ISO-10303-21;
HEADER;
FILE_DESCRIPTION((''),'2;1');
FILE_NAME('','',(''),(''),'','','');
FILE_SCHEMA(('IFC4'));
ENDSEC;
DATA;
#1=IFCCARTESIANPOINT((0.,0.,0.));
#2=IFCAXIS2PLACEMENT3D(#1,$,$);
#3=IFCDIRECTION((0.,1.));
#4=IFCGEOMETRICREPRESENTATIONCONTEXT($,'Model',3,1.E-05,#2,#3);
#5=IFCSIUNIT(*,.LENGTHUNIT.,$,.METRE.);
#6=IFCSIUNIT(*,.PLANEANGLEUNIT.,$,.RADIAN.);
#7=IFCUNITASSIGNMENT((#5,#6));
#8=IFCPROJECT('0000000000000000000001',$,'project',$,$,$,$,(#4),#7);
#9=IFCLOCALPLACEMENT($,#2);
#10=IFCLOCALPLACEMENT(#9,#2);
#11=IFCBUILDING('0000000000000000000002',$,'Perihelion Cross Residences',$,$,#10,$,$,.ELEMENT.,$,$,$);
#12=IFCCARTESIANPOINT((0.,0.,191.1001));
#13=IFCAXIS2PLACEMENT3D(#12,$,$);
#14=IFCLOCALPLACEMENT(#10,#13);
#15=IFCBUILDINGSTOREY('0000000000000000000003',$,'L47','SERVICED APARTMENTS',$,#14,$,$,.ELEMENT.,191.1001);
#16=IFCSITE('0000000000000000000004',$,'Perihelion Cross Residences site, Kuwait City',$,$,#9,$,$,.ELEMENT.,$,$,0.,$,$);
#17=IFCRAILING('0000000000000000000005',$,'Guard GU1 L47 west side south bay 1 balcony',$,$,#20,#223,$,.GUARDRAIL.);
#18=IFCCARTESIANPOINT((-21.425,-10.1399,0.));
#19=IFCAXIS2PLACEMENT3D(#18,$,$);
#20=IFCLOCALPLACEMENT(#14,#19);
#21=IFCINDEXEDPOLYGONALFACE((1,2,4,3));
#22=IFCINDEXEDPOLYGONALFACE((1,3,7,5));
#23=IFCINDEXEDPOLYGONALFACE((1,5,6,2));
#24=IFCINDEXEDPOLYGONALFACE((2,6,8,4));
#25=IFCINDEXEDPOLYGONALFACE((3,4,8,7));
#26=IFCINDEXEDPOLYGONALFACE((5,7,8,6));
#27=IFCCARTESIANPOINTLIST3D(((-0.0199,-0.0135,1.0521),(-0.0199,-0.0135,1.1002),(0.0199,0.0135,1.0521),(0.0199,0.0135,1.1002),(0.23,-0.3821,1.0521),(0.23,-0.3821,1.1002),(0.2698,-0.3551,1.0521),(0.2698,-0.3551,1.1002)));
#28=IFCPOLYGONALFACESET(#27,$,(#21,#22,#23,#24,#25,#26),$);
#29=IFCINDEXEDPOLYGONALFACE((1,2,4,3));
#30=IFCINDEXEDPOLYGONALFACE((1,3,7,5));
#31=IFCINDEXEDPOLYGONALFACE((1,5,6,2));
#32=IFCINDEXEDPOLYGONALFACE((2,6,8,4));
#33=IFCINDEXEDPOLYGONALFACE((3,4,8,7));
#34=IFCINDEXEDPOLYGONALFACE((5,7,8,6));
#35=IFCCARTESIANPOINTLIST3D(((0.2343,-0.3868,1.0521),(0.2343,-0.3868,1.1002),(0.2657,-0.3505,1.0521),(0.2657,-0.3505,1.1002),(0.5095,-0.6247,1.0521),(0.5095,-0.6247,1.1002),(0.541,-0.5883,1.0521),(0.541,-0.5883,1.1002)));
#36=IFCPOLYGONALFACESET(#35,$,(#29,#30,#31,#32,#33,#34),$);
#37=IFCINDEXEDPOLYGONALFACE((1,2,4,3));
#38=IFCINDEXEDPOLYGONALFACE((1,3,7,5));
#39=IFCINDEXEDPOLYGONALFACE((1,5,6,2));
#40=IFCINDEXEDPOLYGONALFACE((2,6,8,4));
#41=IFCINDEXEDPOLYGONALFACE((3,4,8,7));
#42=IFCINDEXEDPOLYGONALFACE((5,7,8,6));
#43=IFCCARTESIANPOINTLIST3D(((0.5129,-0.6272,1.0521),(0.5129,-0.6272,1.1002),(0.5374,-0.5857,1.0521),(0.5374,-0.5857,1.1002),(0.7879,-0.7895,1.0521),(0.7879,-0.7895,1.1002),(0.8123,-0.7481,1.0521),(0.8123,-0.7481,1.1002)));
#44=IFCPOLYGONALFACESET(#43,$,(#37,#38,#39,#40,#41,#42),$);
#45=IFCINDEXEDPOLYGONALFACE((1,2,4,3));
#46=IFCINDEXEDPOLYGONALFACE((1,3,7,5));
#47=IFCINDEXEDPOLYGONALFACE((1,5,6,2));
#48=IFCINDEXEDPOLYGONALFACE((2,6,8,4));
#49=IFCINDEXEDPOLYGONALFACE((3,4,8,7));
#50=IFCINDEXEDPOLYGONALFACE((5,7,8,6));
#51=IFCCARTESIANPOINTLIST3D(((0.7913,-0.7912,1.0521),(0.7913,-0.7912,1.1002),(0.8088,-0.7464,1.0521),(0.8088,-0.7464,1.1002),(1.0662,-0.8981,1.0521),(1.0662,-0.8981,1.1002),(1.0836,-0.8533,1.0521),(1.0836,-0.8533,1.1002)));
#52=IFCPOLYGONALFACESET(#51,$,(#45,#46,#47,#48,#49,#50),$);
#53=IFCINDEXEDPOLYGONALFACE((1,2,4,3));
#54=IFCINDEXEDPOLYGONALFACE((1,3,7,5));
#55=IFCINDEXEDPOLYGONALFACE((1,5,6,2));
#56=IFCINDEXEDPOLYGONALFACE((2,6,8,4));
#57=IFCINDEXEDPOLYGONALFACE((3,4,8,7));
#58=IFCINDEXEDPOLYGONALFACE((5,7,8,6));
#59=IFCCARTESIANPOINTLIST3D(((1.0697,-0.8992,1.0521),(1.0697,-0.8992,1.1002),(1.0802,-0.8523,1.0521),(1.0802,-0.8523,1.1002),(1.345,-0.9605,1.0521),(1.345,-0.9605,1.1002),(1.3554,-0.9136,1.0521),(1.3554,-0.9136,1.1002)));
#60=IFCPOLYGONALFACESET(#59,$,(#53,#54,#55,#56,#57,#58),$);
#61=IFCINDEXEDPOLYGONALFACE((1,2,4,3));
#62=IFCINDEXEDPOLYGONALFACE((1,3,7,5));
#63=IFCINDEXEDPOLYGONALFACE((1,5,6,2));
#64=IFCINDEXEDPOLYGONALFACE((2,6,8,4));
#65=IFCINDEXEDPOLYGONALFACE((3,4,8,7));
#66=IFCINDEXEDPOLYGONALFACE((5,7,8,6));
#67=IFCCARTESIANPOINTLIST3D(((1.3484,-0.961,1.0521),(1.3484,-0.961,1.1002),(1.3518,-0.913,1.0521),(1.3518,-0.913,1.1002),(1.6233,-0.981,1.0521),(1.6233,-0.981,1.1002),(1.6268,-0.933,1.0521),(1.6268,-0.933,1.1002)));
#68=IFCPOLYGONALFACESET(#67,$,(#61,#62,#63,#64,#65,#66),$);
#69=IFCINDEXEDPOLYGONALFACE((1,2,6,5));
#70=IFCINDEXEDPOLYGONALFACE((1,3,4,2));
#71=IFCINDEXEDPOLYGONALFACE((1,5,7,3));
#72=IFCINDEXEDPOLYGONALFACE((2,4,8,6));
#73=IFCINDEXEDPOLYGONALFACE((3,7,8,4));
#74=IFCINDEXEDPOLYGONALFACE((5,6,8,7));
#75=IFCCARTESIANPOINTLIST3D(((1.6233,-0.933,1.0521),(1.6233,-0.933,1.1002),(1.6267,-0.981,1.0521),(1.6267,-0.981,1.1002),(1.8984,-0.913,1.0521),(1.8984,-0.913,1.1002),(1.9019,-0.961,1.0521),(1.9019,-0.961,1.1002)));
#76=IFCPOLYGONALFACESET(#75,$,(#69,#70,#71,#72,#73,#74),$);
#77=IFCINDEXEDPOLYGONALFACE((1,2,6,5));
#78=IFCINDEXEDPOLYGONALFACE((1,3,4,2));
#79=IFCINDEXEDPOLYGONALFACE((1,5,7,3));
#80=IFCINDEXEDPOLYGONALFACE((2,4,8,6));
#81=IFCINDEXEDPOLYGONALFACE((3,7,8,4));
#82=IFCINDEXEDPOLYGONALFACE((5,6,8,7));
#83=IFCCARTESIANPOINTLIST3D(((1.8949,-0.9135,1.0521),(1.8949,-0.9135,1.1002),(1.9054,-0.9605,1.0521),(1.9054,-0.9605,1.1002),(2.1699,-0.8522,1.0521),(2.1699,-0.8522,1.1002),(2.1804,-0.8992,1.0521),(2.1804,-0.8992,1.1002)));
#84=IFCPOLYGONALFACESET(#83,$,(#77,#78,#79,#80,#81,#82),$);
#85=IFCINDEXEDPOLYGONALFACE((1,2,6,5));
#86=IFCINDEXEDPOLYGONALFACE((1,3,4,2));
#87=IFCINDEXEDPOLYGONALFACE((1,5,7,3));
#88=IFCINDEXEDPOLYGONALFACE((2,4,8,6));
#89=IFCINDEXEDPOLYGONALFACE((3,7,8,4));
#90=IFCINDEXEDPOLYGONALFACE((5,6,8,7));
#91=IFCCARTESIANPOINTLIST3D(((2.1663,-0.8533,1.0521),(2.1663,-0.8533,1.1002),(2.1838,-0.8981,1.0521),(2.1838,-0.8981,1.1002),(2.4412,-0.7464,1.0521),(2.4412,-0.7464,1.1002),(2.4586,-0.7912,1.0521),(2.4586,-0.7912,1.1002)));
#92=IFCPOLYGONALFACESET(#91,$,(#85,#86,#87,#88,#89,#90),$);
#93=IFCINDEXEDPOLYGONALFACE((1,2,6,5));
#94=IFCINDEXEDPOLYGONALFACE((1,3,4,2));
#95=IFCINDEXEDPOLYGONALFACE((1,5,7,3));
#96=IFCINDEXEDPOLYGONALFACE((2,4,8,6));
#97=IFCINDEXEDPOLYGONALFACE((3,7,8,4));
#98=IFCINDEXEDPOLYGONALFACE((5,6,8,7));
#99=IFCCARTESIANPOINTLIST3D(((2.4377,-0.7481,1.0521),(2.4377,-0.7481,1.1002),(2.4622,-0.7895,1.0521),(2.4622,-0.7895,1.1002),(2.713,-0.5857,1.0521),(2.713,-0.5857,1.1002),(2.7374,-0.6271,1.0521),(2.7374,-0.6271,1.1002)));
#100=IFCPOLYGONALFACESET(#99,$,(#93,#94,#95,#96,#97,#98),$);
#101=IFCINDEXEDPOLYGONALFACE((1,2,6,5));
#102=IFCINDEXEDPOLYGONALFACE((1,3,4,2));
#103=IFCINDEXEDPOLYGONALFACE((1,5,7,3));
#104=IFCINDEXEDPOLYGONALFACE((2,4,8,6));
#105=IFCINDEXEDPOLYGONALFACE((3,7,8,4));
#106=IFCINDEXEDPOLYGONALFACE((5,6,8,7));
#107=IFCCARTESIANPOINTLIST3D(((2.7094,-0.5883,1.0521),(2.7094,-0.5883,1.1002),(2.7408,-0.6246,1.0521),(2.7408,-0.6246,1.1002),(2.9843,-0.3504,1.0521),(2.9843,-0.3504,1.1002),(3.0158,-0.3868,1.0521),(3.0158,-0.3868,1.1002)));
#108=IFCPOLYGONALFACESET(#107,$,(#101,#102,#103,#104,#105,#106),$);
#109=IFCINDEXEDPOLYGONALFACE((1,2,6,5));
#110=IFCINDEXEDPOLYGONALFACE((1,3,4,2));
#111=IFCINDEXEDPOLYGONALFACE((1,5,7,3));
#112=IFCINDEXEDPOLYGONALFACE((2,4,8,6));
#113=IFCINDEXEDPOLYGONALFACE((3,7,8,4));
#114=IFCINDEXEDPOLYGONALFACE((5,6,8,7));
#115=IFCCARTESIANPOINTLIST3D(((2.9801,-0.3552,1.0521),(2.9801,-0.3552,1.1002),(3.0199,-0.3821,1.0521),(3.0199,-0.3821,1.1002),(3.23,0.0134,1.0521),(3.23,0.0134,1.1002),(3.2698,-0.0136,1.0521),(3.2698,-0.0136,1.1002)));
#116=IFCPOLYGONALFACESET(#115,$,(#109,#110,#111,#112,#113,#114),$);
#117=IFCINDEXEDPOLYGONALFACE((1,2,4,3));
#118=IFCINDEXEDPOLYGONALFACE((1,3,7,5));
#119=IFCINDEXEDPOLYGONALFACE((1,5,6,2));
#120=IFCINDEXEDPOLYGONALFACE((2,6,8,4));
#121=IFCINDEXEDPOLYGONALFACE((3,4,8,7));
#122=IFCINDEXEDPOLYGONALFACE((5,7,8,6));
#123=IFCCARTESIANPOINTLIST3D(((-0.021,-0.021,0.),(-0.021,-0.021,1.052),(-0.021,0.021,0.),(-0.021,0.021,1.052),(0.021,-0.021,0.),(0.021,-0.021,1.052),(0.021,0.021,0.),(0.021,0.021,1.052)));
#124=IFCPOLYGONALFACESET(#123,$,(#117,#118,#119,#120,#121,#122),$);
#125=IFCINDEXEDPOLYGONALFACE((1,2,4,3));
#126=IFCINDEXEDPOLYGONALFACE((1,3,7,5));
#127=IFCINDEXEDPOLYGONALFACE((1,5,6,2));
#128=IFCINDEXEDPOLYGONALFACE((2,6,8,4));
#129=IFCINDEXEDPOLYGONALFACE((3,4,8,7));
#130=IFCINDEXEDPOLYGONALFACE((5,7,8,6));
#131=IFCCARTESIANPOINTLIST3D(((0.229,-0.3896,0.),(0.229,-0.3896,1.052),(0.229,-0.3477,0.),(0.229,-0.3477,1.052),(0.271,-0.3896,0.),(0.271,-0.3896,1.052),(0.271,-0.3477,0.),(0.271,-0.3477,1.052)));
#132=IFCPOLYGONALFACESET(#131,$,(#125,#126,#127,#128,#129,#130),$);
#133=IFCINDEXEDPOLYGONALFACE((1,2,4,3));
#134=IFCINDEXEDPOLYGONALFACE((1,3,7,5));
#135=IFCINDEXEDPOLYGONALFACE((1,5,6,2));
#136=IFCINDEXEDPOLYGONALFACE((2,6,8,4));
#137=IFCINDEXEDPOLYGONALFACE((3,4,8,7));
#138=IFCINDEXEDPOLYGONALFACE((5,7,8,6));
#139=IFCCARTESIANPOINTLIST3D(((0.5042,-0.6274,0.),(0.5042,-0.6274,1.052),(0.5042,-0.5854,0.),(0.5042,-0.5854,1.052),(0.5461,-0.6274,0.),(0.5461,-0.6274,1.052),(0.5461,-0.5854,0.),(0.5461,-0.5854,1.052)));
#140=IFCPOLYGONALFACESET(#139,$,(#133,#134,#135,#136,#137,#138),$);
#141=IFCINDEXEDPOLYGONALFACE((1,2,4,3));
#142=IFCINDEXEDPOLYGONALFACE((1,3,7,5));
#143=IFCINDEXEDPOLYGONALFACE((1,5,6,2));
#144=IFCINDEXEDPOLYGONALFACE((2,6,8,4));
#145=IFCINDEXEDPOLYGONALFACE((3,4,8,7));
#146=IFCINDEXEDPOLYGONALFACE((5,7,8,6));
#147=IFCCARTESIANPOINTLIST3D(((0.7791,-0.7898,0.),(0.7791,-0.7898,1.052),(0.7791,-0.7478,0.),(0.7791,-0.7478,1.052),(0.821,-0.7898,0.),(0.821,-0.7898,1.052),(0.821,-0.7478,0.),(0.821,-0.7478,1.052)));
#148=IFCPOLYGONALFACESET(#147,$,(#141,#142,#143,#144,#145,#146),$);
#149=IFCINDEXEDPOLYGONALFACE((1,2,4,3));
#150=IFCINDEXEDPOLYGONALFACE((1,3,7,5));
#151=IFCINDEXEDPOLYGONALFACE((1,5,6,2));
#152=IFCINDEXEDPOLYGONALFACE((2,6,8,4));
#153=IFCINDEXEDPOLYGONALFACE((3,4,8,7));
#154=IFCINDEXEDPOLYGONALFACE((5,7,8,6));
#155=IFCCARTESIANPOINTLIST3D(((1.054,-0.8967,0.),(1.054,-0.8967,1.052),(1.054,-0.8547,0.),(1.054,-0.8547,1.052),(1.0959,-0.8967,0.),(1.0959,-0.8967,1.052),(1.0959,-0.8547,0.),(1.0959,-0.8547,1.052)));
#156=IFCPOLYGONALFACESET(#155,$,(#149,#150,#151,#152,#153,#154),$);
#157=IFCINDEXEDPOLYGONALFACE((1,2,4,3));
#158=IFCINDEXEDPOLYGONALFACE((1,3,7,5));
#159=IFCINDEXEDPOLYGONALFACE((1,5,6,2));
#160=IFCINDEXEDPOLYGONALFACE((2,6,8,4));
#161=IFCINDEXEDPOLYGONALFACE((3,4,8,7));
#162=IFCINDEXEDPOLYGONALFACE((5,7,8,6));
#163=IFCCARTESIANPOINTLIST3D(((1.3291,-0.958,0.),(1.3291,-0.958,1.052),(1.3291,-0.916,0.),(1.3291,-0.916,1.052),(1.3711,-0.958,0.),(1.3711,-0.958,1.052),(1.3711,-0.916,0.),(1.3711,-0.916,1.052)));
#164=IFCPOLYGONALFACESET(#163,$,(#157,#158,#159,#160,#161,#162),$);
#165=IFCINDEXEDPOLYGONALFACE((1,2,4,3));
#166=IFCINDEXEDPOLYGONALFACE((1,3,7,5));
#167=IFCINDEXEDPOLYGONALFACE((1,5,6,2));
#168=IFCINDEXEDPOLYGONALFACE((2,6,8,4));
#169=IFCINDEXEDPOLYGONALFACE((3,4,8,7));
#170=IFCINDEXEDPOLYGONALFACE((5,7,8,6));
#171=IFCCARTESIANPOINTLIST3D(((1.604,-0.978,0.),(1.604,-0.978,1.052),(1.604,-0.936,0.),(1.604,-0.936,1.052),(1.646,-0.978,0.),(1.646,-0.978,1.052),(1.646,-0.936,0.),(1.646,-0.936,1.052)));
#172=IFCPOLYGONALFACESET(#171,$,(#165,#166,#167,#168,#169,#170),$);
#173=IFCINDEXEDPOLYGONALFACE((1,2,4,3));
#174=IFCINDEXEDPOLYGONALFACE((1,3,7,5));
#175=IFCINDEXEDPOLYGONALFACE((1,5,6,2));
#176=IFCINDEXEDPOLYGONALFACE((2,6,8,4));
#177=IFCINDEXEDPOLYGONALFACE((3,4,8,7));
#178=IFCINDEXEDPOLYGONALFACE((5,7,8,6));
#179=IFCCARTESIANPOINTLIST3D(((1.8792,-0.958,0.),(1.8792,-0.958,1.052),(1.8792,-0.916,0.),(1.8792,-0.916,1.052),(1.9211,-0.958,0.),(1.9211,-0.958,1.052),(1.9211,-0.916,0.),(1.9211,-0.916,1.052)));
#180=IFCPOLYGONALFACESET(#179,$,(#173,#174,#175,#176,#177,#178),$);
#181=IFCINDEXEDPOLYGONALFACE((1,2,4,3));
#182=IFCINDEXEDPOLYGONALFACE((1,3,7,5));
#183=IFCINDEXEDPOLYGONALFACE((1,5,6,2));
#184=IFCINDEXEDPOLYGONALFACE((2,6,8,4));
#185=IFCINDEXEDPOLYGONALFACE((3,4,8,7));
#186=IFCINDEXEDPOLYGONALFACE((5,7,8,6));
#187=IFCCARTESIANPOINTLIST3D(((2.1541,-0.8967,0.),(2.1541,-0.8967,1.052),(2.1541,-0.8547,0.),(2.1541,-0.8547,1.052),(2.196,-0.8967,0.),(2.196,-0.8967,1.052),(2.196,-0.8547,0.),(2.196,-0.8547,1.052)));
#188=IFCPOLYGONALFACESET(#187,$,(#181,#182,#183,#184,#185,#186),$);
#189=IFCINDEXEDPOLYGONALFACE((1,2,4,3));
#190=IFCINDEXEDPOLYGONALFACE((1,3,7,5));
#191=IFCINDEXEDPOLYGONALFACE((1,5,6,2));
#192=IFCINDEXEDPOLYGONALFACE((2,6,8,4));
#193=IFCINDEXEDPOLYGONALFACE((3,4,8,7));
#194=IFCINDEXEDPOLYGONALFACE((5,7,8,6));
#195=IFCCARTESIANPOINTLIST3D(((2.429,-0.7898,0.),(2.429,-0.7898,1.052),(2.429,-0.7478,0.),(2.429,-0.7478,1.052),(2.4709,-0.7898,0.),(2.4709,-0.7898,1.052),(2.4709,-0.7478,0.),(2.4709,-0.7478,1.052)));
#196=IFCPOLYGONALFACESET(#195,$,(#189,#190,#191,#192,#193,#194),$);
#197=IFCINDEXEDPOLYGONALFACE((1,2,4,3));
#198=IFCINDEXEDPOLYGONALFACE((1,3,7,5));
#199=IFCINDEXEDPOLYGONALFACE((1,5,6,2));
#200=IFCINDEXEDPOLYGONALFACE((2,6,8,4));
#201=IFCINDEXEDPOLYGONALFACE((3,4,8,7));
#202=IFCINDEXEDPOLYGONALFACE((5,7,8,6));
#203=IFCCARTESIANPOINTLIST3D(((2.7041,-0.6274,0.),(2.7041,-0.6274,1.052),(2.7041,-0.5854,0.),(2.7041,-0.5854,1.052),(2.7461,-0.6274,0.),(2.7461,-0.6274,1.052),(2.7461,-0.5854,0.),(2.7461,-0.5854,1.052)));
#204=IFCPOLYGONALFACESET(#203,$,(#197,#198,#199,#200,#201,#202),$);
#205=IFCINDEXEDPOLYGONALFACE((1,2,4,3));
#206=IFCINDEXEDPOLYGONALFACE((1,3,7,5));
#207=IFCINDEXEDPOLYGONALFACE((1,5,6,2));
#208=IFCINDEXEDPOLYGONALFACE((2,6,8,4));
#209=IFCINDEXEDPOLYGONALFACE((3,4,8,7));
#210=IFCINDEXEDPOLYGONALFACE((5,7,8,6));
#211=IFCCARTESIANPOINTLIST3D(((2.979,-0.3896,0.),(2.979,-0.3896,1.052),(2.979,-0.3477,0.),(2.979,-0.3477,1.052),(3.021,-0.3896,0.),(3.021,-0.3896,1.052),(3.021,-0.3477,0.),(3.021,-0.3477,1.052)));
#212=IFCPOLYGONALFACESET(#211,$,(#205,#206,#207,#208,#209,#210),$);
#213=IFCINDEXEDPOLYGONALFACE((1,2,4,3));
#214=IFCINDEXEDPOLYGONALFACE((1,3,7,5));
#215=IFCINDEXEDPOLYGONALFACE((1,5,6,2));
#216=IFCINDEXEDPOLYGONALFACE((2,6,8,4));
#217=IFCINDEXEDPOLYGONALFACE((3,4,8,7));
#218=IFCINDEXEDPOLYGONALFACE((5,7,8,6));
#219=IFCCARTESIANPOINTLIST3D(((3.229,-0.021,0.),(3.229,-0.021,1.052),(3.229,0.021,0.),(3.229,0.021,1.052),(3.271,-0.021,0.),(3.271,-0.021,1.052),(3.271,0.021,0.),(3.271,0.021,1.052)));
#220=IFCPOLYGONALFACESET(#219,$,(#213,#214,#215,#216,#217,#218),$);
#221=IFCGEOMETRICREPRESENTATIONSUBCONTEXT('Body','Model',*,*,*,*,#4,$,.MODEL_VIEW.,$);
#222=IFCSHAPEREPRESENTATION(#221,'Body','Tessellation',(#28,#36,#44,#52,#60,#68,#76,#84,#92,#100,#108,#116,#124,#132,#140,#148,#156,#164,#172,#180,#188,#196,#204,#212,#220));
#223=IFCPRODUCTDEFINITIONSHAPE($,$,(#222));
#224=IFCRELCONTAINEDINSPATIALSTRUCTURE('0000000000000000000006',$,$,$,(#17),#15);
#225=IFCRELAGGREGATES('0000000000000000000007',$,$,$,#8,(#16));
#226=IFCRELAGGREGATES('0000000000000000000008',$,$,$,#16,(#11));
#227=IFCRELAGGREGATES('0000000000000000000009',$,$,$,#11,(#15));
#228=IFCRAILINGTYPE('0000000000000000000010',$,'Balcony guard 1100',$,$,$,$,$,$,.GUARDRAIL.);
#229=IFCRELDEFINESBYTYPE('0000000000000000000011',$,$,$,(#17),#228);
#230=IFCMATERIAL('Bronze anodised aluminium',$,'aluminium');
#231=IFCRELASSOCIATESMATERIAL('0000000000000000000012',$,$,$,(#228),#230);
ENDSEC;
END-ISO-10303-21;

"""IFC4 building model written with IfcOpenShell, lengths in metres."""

from ifc_helpers import new_model, si_unit, direction, frame, origin, origin_2d, place, context, subcontext, project, spatial, rectangle, extrude, material, type_object, element, save


model = new_model("IFC4")

# Units and contexts
model_context = context("Model", 3, precision=1e-05, world=origin(), true_north=direction((0.0, 1.0)))
body_context = subcontext(model_context, "Body", "Model", "MODEL_VIEW")
ifc_project = project(units=[si_unit("LENGTHUNIT", "METRE"), si_unit("PLANEANGLEUNIT", "RADIAN")], contexts=[model_context])

# Site, building, storey
site_placement = place(None, origin())
site = spatial("IfcSite", under=ifc_project, at=site_placement, Name="Perihelion Cross Residences site, Kuwait City", CompositionType="ELEMENT", RefElevation=0.0)
building_placement = place(site_placement, origin())
building = spatial("IfcBuilding", under=site, at=building_placement, Name="Perihelion Cross Residences", CompositionType="ELEMENT")
storey_placement = place(building_placement, frame((0.0, 0.0, 191.1001)))
storey = spatial("IfcBuildingStorey", under=building, at=storey_placement, Name="L47", Description="SERVICED APARTMENTS", CompositionType="ELEMENT", Elevation=191.1001)

# Railing
ifc_material_1 = material(Name="Bronze anodised aluminium", Category="aluminium")
railing_type_1 = type_object("IfcRailingType", Name="Balcony guard 1100", PredefinedType="GUARDRAIL", material=ifc_material_1)
railing_1_placement = place(storey_placement, frame((-21.425, -10.1399, 0.0)))
element("IfcRailing", 1, at=railing_1_placement, inside=storey, type_object=railing_type_1, Name="Guard GU1 L47 west side south bay 1 balcony", PredefinedType="GUARDRAIL", context=body_context, shape_type="SweptSolid", body=[
    extrude(rectangle(XDim=0.0481, YDim=0.0481, at=origin_2d()), frame((0.0, 0.0, 1.0762), z_axis=(0.56126, -0.827639, 0.0), x_axis=(0.827639, 0.56126, 0.0)), (0.0, 0.0, 1.0), 0.4453),
    extrude(rectangle(XDim=0.0481, YDim=0.0481, at=origin_2d()), frame((0.25, -0.3687, 1.0762), z_axis=(0.756597, -0.653882, 0.0), x_axis=(0.653882, 0.756597, 0.0)), (0.0, 0.0, 1.0), 0.3638),
    extrude(rectangle(XDim=0.0481, YDim=0.0481, at=origin_2d()), frame((0.5251, -0.6064, 1.0762), z_axis=(0.861048, -0.508523, 0.0), x_axis=(0.508523, 0.861048, 0.0)), (0.0, 0.0, 1.0), 0.3193),
    extrude(rectangle(XDim=0.0481, YDim=0.0481, at=origin_2d()), frame((0.8, -0.7688, 1.0762), z_axis=(0.931974, -0.362526, 0.0), x_axis=(0.362526, 0.931974, 0.0)), (0.0, 0.0, 1.0), 0.2949),
    extrude(rectangle(XDim=0.0481, YDim=0.0481, at=origin_2d()), frame((1.075, -0.8757, 1.0762), z_axis=(0.976085, -0.217389, 0.0), x_axis=(0.217389, 0.976085, 0.0)), (0.0, 0.0, 1.0), 0.282),
    extrude(rectangle(XDim=0.0481, YDim=0.0481, at=origin_2d()), frame((1.3501, -0.937, 1.0762), z_axis=(0.997359, -0.072632, 0.0), x_axis=(0.072632, 0.997359, 0.0)), (0.0, 0.0, 1.0), 0.2756),
    extrude(rectangle(XDim=0.0481, YDim=0.0481, at=origin_2d()), frame((1.625, -0.957, 1.0762), z_axis=(0.997363, 0.072568, 0.0), x_axis=(-0.072568, 0.997363, 0.0)), (0.0, 0.0, 1.0), 0.2759),
    extrude(rectangle(XDim=0.0481, YDim=0.0481, at=origin_2d()), frame((1.9001, -0.937, 1.0762), z_axis=(0.976044, 0.217573, 0.0), x_axis=(-0.217573, 0.976044, 0.0)), (0.0, 0.0, 1.0), 0.2817),
    extrude(rectangle(XDim=0.0481, YDim=0.0481, at=origin_2d()), frame((2.175, -0.8757, 1.0762), z_axis=(0.931974, 0.362526, 0.0), x_axis=(-0.362526, 0.931974, 0.0)), (0.0, 0.0, 1.0), 0.2949),
    extrude(rectangle(XDim=0.0481, YDim=0.0481, at=origin_2d()), frame((2.45, -0.7688, 1.0762), z_axis=(0.861246, 0.508189, 0.0), x_axis=(-0.508189, 0.861246, 0.0)), (0.0, 0.0, 1.0), 0.3196),
    extrude(rectangle(XDim=0.0481, YDim=0.0481, at=origin_2d()), frame((2.7251, -0.6064, 1.0762), z_axis=(0.756309, 0.654214, 0.0), x_axis=(-0.654214, 0.756309, 0.0)), (0.0, 0.0, 1.0), 0.3635),
    extrude(rectangle(XDim=0.0481, YDim=0.0481, at=origin_2d()), frame((3.0, -0.3687, 1.0762), z_axis=(0.56126, 0.827639, 0.0), x_axis=(-0.827639, 0.56126, 0.0)), (0.0, 0.0, 1.0), 0.4453),
    extrude(rectangle(XDim=0.042, YDim=0.042, at=origin_2d()), origin(), (0.0, 0.0, 1.0), 1.052),
    extrude(rectangle(XDim=0.042, YDim=0.042, at=origin_2d()), frame((0.25, -0.3687, 0.0)), (0.0, 0.0, 1.0), 1.052),
    extrude(rectangle(XDim=0.042, YDim=0.042, at=origin_2d()), frame((0.5251, -0.6064, 0.0)), (0.0, 0.0, 1.0), 1.052),
    extrude(rectangle(XDim=0.042, YDim=0.042, at=origin_2d()), frame((0.8, -0.7688, 0.0)), (0.0, 0.0, 1.0), 1.052),
    extrude(rectangle(XDim=0.042, YDim=0.042, at=origin_2d()), frame((1.075, -0.8757, 0.0)), (0.0, 0.0, 1.0), 1.052),
    extrude(rectangle(XDim=0.042, YDim=0.042, at=origin_2d()), frame((1.3501, -0.937, 0.0)), (0.0, 0.0, 1.0), 1.052),
    extrude(rectangle(XDim=0.042, YDim=0.042, at=origin_2d()), frame((1.625, -0.957, 0.0)), (0.0, 0.0, 1.0), 1.052),
    extrude(rectangle(XDim=0.042, YDim=0.042, at=origin_2d()), frame((1.9001, -0.937, 0.0)), (0.0, 0.0, 1.0), 1.052),
    extrude(rectangle(XDim=0.042, YDim=0.042, at=origin_2d()), frame((2.175, -0.8757, 0.0)), (0.0, 0.0, 1.0), 1.052),
    extrude(rectangle(XDim=0.042, YDim=0.042, at=origin_2d()), frame((2.45, -0.7688, 0.0)), (0.0, 0.0, 1.0), 1.052),
    extrude(rectangle(XDim=0.042, YDim=0.042, at=origin_2d()), frame((2.7251, -0.6064, 0.0)), (0.0, 0.0, 1.0), 1.052),
    extrude(rectangle(XDim=0.042, YDim=0.042, at=origin_2d()), frame((3.0, -0.3687, 0.0)), (0.0, 0.0, 1.0), 1.052),
    extrude(rectangle(XDim=0.042, YDim=0.042, at=origin_2d()), frame((3.25, 0.0, 0.0)), (0.0, 0.0, 1.0), 1.052),
])

save(model, "model.ifc")
